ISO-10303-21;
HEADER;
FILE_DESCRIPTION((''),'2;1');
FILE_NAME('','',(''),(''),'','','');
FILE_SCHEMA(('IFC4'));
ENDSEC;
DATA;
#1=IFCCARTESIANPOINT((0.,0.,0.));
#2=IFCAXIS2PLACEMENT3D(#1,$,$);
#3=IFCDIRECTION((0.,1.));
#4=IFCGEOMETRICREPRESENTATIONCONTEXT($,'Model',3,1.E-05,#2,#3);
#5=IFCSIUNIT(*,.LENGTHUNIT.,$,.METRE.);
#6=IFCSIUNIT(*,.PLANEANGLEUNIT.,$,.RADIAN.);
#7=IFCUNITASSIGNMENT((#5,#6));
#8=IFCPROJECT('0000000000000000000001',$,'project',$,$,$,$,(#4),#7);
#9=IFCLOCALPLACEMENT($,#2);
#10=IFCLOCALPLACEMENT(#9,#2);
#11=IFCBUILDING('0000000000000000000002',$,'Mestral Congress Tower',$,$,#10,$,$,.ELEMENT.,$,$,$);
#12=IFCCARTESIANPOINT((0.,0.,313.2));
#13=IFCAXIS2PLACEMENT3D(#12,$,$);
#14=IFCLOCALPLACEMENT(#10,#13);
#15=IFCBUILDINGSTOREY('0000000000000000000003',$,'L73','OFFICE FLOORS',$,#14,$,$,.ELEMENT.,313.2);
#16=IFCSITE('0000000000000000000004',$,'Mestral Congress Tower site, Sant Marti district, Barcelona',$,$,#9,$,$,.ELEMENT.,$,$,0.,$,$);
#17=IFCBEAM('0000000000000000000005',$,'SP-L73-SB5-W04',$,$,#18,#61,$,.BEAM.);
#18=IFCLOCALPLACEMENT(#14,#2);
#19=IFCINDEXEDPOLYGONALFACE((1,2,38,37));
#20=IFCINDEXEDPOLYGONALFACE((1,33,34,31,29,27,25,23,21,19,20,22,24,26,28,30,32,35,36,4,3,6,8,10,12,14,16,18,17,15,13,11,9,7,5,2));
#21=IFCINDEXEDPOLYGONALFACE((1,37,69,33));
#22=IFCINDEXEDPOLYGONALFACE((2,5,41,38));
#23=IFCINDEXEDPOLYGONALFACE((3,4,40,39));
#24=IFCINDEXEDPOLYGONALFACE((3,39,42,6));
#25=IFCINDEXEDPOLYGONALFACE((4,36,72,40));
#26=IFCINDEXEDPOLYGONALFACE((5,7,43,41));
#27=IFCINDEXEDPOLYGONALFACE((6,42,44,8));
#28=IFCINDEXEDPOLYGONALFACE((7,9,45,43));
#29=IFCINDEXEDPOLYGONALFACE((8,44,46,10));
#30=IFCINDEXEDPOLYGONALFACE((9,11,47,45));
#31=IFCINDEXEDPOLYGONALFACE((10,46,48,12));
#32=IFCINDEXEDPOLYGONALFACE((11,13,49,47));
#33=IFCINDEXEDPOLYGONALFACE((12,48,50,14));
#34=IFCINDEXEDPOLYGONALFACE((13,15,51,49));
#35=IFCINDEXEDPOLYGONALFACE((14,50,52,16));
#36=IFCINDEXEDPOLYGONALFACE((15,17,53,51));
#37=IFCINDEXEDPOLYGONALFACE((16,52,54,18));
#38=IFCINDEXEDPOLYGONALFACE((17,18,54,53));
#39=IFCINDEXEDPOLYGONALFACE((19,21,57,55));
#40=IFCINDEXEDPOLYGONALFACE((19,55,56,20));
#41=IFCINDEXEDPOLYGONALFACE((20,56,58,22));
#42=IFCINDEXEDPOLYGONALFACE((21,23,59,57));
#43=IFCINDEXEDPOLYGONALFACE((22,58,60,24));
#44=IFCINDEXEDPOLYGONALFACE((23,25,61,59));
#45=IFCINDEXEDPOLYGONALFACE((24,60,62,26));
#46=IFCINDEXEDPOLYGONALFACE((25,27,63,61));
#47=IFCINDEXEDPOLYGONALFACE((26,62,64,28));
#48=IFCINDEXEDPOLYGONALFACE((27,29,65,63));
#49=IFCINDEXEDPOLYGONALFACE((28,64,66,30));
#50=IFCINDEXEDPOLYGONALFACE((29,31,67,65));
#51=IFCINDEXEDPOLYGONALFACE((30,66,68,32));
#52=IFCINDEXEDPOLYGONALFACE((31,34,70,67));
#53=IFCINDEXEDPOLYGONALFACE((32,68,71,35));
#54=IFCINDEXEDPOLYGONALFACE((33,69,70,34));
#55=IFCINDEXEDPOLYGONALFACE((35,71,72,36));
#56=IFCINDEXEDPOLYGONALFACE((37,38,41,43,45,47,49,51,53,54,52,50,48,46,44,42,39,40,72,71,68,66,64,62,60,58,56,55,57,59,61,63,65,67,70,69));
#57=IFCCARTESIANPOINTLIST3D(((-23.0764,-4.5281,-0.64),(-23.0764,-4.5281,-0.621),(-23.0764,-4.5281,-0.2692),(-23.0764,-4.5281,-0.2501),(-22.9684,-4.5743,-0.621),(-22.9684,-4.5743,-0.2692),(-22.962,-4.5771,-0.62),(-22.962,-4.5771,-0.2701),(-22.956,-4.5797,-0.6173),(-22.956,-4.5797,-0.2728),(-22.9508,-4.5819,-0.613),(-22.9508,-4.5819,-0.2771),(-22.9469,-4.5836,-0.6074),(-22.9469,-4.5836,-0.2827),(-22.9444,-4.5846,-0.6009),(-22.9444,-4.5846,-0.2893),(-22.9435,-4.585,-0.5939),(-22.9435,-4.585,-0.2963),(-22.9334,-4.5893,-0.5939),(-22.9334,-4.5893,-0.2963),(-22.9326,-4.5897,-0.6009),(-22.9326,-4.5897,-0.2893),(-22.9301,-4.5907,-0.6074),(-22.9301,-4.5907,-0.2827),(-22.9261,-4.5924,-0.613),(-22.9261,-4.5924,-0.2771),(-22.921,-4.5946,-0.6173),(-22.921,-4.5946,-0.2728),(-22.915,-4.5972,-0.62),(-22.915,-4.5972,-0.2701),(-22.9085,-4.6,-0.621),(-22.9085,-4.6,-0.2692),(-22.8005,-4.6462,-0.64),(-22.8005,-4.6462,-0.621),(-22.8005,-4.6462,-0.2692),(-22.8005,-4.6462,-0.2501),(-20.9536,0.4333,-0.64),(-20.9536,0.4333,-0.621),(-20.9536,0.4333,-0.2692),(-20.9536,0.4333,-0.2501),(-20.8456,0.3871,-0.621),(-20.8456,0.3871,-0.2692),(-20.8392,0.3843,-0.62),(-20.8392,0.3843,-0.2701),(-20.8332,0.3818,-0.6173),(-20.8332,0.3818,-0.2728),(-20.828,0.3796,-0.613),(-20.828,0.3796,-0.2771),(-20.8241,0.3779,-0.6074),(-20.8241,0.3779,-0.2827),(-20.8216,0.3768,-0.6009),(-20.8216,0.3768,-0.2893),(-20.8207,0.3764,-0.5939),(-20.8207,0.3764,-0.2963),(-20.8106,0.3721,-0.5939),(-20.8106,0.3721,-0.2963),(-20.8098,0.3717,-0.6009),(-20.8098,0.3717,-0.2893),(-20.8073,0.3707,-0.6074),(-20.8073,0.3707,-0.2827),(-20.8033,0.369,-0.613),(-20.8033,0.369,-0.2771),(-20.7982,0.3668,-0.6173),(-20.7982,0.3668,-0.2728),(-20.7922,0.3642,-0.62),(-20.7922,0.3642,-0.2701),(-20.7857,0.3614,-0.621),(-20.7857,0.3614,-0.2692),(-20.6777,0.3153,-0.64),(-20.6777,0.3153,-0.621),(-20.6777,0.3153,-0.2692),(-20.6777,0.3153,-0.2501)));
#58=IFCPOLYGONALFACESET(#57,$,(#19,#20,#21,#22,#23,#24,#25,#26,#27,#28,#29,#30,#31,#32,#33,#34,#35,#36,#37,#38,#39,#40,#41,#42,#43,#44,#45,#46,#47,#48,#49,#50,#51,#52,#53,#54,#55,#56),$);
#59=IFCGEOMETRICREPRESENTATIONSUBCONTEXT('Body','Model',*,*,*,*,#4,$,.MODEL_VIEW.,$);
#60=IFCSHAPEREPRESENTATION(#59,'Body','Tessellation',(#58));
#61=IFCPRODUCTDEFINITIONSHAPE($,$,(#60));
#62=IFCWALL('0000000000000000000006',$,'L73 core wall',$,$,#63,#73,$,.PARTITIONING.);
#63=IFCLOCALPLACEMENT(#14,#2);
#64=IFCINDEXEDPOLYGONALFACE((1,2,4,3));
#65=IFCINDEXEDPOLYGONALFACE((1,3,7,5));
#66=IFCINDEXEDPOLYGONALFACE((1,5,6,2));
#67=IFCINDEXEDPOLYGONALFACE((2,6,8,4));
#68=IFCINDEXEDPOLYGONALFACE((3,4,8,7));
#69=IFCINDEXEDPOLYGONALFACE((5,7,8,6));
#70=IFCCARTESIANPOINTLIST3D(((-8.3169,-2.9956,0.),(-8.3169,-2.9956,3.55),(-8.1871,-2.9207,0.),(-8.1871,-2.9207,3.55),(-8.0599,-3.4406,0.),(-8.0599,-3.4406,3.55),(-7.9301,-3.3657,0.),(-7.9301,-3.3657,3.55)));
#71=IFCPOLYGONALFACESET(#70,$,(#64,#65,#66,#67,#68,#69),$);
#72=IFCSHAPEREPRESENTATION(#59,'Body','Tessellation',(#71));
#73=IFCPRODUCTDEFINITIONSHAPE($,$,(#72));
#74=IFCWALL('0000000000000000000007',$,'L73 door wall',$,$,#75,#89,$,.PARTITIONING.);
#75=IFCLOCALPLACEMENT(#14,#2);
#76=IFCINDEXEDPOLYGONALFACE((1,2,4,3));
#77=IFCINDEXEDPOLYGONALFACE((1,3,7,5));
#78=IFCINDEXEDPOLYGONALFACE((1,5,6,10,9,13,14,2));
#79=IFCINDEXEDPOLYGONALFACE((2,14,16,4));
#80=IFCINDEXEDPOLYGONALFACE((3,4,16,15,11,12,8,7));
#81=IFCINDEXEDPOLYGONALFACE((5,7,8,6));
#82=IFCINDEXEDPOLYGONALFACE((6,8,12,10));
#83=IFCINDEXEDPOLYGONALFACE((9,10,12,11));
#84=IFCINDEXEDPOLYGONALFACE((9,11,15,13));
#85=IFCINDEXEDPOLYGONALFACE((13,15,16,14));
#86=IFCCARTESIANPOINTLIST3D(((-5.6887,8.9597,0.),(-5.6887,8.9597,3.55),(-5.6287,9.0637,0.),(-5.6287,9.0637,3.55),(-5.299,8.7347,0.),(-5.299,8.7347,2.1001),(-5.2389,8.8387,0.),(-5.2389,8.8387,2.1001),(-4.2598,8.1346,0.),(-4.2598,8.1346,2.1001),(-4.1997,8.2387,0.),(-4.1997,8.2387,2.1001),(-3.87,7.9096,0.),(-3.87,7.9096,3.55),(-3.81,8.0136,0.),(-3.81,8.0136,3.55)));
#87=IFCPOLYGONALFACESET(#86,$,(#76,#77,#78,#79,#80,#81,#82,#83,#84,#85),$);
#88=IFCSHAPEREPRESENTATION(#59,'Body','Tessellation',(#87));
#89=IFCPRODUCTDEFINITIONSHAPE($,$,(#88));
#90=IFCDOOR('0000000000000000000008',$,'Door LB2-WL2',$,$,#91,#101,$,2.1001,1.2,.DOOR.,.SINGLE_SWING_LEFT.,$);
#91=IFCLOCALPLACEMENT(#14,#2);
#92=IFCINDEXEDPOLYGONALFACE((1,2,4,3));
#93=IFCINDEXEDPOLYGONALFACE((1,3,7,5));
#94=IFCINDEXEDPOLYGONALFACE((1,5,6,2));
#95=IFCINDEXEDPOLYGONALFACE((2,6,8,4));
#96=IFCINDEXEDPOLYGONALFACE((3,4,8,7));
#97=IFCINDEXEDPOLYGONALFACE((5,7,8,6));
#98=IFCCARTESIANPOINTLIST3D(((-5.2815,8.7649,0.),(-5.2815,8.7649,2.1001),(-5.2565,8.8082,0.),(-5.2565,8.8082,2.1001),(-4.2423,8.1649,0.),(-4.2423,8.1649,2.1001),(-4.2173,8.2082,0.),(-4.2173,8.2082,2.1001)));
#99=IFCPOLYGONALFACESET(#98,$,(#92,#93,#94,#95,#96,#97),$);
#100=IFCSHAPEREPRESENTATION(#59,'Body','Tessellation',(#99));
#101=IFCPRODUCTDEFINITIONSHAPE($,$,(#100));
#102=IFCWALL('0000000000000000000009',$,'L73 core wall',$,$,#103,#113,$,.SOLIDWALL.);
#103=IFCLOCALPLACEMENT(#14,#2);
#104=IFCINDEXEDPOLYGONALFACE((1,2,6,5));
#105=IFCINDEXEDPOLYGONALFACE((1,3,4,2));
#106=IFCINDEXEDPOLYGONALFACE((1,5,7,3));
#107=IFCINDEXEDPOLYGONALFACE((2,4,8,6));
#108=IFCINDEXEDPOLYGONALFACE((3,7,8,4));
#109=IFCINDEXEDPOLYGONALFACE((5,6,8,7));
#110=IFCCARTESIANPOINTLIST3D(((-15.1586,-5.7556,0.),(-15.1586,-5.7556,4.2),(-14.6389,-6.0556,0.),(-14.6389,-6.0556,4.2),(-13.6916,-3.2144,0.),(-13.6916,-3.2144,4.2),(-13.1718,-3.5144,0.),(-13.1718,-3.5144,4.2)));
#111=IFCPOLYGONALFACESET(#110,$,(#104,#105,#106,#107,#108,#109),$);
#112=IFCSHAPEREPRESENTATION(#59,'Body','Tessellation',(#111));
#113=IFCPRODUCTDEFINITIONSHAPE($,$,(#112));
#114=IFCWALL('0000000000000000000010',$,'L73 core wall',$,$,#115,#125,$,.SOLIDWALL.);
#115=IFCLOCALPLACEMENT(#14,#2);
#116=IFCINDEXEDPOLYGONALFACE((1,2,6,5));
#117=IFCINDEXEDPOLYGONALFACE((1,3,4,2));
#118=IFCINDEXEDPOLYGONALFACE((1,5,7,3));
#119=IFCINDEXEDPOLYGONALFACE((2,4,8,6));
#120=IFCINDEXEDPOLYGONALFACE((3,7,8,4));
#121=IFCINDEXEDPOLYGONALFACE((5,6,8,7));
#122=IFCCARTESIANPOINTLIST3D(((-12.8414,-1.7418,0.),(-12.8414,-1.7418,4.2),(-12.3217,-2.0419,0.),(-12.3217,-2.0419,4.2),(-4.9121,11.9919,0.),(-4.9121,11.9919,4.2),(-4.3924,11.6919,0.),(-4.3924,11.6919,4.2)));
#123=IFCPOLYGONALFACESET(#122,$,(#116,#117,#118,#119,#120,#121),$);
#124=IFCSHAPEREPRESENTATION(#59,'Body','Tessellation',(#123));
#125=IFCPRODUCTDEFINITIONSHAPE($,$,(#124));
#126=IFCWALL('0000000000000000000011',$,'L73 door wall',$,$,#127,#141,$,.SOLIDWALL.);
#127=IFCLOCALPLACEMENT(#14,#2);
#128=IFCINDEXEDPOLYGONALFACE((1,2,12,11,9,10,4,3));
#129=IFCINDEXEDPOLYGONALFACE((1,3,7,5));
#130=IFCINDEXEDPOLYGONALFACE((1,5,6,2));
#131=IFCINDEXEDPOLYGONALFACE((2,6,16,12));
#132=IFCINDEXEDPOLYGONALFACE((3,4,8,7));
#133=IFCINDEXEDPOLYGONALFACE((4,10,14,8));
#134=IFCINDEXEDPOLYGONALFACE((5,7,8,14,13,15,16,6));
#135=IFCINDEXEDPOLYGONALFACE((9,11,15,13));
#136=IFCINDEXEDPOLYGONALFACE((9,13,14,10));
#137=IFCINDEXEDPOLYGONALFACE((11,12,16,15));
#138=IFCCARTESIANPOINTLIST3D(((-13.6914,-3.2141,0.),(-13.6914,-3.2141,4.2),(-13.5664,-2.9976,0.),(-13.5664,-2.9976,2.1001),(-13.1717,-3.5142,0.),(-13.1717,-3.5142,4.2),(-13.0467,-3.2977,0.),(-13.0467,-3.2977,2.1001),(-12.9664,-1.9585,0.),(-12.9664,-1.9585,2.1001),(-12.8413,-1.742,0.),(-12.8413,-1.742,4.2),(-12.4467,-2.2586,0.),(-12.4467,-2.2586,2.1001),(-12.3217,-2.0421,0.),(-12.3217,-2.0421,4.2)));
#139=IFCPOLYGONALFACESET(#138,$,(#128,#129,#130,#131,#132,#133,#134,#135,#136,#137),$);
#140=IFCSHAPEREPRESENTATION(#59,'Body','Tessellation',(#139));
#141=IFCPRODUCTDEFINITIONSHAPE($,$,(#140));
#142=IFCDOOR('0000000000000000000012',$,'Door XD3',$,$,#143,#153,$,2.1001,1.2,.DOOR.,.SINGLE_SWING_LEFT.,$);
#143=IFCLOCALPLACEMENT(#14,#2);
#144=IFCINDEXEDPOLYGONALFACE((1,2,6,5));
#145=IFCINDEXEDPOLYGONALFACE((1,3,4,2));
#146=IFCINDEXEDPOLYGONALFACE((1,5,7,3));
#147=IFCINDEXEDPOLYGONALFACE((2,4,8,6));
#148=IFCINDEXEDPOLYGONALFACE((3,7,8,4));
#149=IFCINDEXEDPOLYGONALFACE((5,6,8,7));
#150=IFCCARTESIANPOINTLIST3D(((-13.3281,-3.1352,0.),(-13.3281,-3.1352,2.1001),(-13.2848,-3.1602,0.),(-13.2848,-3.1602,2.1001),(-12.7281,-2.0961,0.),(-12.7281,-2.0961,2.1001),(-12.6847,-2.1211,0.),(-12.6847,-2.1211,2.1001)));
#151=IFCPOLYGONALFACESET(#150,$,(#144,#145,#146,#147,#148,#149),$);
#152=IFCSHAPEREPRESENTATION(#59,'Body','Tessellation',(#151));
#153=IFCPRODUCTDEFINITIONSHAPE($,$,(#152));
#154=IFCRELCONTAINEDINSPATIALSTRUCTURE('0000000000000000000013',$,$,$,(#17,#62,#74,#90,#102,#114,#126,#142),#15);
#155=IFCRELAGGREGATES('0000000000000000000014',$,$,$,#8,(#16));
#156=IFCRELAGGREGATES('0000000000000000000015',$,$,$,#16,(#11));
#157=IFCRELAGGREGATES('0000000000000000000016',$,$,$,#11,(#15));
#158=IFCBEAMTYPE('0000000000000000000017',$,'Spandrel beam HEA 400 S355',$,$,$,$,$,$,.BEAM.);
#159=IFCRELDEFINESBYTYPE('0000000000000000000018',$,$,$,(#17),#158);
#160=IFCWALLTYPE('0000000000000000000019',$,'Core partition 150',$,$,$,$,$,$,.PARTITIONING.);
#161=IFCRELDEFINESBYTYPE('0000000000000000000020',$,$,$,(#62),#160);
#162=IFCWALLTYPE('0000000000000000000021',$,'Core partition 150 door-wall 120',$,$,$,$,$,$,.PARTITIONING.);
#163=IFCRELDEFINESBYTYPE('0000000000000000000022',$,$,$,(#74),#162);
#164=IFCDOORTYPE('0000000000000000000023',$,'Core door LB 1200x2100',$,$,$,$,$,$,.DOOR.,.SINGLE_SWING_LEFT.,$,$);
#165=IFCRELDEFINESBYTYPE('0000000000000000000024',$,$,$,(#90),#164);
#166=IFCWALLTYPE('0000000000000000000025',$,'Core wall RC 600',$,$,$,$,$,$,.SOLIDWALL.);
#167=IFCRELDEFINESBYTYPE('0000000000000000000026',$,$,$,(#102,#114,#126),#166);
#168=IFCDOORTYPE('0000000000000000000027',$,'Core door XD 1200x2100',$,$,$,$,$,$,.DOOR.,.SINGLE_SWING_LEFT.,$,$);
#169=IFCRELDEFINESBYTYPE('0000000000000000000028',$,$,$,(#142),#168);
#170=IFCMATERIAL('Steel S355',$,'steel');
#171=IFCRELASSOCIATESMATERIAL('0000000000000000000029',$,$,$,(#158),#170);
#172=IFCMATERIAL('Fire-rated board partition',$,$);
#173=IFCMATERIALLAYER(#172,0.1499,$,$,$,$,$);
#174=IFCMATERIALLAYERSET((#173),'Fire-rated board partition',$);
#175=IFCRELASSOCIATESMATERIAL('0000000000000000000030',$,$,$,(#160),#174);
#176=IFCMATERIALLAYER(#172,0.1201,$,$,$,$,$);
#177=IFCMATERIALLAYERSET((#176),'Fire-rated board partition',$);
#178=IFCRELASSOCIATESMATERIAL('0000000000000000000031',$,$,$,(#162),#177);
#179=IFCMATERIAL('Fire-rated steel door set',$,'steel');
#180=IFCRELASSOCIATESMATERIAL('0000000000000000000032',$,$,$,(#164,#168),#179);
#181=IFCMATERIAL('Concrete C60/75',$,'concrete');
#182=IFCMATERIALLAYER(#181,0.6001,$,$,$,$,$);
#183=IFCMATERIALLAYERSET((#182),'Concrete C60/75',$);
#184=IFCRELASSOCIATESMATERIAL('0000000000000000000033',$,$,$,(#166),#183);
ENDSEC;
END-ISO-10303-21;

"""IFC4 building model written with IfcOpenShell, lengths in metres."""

from ifc_helpers import new_model, si_unit, direction, frame, frame_2d, origin, origin_2d, place, context, subcontext, project, spatial, rectangle, i_section, extrude, material, layer, layer_set, material_profile, profile_set, type_object, element, fill, save


model = new_model("IFC4")

# Units and contexts
model_context = context("Model", 3, precision=1e-05, world=origin(), true_north=direction((0.0, 1.0)))
body_context = subcontext(model_context, "Body", "Model", "MODEL_VIEW")
ifc_project = project(units=[si_unit("LENGTHUNIT", "METRE"), si_unit("PLANEANGLEUNIT", "RADIAN")], contexts=[model_context])

# Site, building, storey
site_placement = place(None, origin())
site = spatial("IfcSite", under=ifc_project, at=site_placement, Name="Mestral Congress Tower site, Sant Marti district, Barcelona", CompositionType="ELEMENT", RefElevation=0.0)
building_placement = place(site_placement, origin())
building = spatial("IfcBuilding", under=site, at=building_placement, Name="Mestral Congress Tower", CompositionType="ELEMENT")
storey_placement = place(building_placement, frame((0.0, 0.0, 313.2)))
storey = spatial("IfcBuildingStorey", under=building, at=storey_placement, Name="L73", Description="OFFICE FLOORS", CompositionType="ELEMENT", Elevation=313.2)

# Shared definitions
ifc_material_1 = material(Name="Concrete C60/75", Category="concrete")

# Beam
ifc_material_2 = material(Name="Steel S355", Category="steel")
ifc_material_profile_1 = material_profile(ifc_material_2, i_section(OverallWidth=0.3, OverallDepth=0.3899, WebThickness=0.011, FlangeThickness=0.019, FilletRadius=0.0271, at=origin_2d()), Name="HEA 400")
ifc_profile_set_1 = profile_set([ifc_material_profile_1], Name="Steel S355")
beam_type_1 = type_object("IfcBeamType", Name="Spandrel beam HEA 400 S355", PredefinedType="BEAM", material=ifc_profile_set_1)
beam_1_placement = place(storey_placement, frame((-20.8157, 0.3743, -0.4451), z_axis=(-0.393368, -0.919381, 0.0), x_axis=(0.919381, -0.393368, 0.0)))
element("IfcBeam", 1, at=beam_1_placement, inside=storey, type_object=beam_type_1, Name="SP-L73-SB5-W04", PredefinedType="BEAM", context=body_context, shape_type="SweptSolid", body=[
    extrude(i_section(OverallWidth=0.3, OverallDepth=0.3899, WebThickness=0.011, FlangeThickness=0.019, FilletRadius=0.0271, at=origin_2d()), origin(), (0.0, 0.0, 1.0), 5.3965),
])

# Wall
ifc_material_3 = material(Name="Fire-rated board partition")
ifc_layer_1 = layer(ifc_material_3, 0.1499)
ifc_layer_set_1 = layer_set([ifc_layer_1], Name="Fire-rated board partition")
wall_type_1 = type_object("IfcWallType", Name="Core partition 150", PredefinedType="PARTITIONING", material=ifc_layer_set_1)
wall_1_placement = place(storey_placement, frame((-8.252, -2.9583, 0.0), z_axis=(0.0, 0.0, 1.0), x_axis=(0.500175, -0.865925, 0.0)))
element("IfcWall", 2, at=wall_1_placement, inside=storey, type_object=wall_type_1, Name="L73 core wall", PredefinedType="PARTITIONING", context=body_context, shape_type="SweptSolid", body=[
    extrude(rectangle(XDim=0.5139, YDim=0.1499, at=frame_2d((0.2568, 0.0))), origin(), (0.0, 0.0, 1.0), 3.55),
])

# Wall, opening, door
ifc_layer_2 = layer(ifc_material_3, 0.1201)
ifc_layer_set_2 = layer_set([ifc_layer_2], Name="Fire-rated board partition")
wall_type_2 = type_object("IfcWallType", Name="Core partition 150 door-wall 120", PredefinedType="PARTITIONING", material=ifc_layer_set_2)
wall_2_placement = place(storey_placement, frame((-5.6587, 9.0117, 0.0), z_axis=(0.0, 0.0, 1.0), x_axis=(0.866009, -0.500028, 0.0)))
wall_2 = element("IfcWall", 3, at=wall_2_placement, inside=storey, type_object=wall_type_2, Name="L73 door wall", PredefinedType="PARTITIONING", context=body_context, shape_type="SweptSolid", body=[
    extrude(rectangle(XDim=2.1001, YDim=0.1201, at=frame_2d((1.05, 0.0))), origin(), (0.0, 0.0, 1.0), 3.55),
])
opening_1_placement = place(wall_2_placement, frame((0.45, 0.0, 0.0)))
opening_1 = element("IfcOpeningElement", 4, at=opening_1_placement, cuts=wall_2, PredefinedType="OPENING", context=body_context, shape_type="SweptSolid", body=[
    extrude(rectangle(XDim=1.2, YDim=2.1001, at=frame_2d((0.6001, 1.05))), frame((0.0, 0.0701, 0.0), z_axis=(0.0, -1.0, 0.0), x_axis=(1.0, 0.0, 0.0)), (0.0, 0.0, 1.0), 0.1401),
])
ifc_material_4 = material(Name="Fire-rated steel door set", Category="steel")
door_type_1 = type_object("IfcDoorType", Name="Core door LB 1200x2100", OperationType="SINGLE_SWING_LEFT", PredefinedType="DOOR", material=ifc_material_4)
door_1_placement = place(opening_1_placement, origin())
door_1 = element("IfcDoor", 5, at=door_1_placement, inside=storey, type_object=door_type_1, Name="Door LB2-WL2", OperationType="SINGLE_SWING_LEFT", OverallHeight=2.1001, OverallWidth=1.2, PredefinedType="DOOR", context=body_context, shape_type="SweptSolid", body=[
    extrude(rectangle(XDim=1.2, YDim=2.1001, at=frame_2d((0.6001, 1.05))), frame((0.0, 0.0249, 0.0), z_axis=(0.0, -1.0, 0.0), x_axis=(1.0, 0.0, 0.0)), (0.0, 0.0, 1.0), 0.05),
])
fill(opening_1, door_1)

# Walls
ifc_layer_3 = layer(ifc_material_1, 0.6001)
ifc_layer_set_3 = layer_set([ifc_layer_3], Name="Concrete C60/75")
wall_type_3 = type_object("IfcWallType", Name="Core wall RC 600", PredefinedType="SOLIDWALL", material=ifc_layer_set_3)
wall_3_placement = place(storey_placement, frame((-13.4316, -3.3643, 0.0), z_axis=(0.0, 0.0, 1.0), x_axis=(-0.49996, -0.866048, 0.0)))
element("IfcWall", 6, at=wall_3_placement, inside=storey, type_object=wall_type_3, Name="L73 core wall", PredefinedType="SOLIDWALL", context=body_context, shape_type="SweptSolid", body=[
    extrude(rectangle(XDim=2.9343, YDim=0.6001, at=frame_2d((1.4673, 0.0))), origin(), (0.0, 0.0, 1.0), 4.2),
])
wall_4_placement = place(storey_placement, frame((-12.5815, -1.8918, 0.0), z_axis=(0.0, 0.0, 1.0), x_axis=(0.500004, 0.866023, 0.0)))
element("IfcWall", 7, at=wall_4_placement, inside=storey, type_object=wall_type_3, Name="L73 core wall", PredefinedType="SOLIDWALL", context=body_context, shape_type="SweptSolid", body=[
    extrude(rectangle(XDim=15.8584, YDim=0.6001, at=frame_2d((7.9292, 0.0))), origin(), (0.0, 0.0, 1.0), 4.2),
])

# Wall, opening, door
wall_5_placement = place(storey_placement, frame((-13.4316, -3.3643, 0.0), z_axis=(0.0, 0.0, 1.0), x_axis=(0.500062, 0.865989, 0.0)))
wall_5 = element("IfcWall", 8, at=wall_5_placement, inside=storey, type_object=wall_type_3, Name="L73 door wall", PredefinedType="SOLIDWALL", context=body_context, shape_type="SweptSolid", body=[
    extrude(rectangle(XDim=1.7, YDim=0.6001, at=frame_2d((0.8501, 0.0))), origin(), (0.0, 0.0, 1.0), 4.2),
])
opening_2_placement = place(wall_5_placement, frame((0.25, 0.0, 0.0)))
opening_2 = element("IfcOpeningElement", 9, at=opening_2_placement, cuts=wall_5, PredefinedType="OPENING", context=body_context, shape_type="SweptSolid", body=[
    extrude(rectangle(XDim=1.2, YDim=2.1001, at=frame_2d((0.6001, 1.05))), frame((0.0, 0.3101, 0.0), z_axis=(0.0, -1.0, 0.0), x_axis=(1.0, 0.0, 0.0)), (0.0, 0.0, 1.0), 0.6201),
])
door_type_2 = type_object("IfcDoorType", Name="Core door XD 1200x2100", OperationType="SINGLE_SWING_LEFT", PredefinedType="DOOR", material=ifc_material_4)
door_2_placement = place(opening_2_placement, origin())
door_2 = element("IfcDoor", 10, at=door_2_placement, inside=storey, type_object=door_type_2, Name="Door XD3", OperationType="SINGLE_SWING_LEFT", OverallHeight=2.1001, OverallWidth=1.2, PredefinedType="DOOR", context=body_context, shape_type="SweptSolid", body=[
    extrude(rectangle(XDim=1.2, YDim=2.1001, at=frame_2d((0.6001, 1.05))), frame((0.0, 0.0249, 0.0), z_axis=(0.0, -1.0, 0.0), x_axis=(1.0, 0.0, 0.0)), (0.0, 0.0, 1.0), 0.05),
])
fill(opening_2, door_2)

save(model, "model.ifc")
